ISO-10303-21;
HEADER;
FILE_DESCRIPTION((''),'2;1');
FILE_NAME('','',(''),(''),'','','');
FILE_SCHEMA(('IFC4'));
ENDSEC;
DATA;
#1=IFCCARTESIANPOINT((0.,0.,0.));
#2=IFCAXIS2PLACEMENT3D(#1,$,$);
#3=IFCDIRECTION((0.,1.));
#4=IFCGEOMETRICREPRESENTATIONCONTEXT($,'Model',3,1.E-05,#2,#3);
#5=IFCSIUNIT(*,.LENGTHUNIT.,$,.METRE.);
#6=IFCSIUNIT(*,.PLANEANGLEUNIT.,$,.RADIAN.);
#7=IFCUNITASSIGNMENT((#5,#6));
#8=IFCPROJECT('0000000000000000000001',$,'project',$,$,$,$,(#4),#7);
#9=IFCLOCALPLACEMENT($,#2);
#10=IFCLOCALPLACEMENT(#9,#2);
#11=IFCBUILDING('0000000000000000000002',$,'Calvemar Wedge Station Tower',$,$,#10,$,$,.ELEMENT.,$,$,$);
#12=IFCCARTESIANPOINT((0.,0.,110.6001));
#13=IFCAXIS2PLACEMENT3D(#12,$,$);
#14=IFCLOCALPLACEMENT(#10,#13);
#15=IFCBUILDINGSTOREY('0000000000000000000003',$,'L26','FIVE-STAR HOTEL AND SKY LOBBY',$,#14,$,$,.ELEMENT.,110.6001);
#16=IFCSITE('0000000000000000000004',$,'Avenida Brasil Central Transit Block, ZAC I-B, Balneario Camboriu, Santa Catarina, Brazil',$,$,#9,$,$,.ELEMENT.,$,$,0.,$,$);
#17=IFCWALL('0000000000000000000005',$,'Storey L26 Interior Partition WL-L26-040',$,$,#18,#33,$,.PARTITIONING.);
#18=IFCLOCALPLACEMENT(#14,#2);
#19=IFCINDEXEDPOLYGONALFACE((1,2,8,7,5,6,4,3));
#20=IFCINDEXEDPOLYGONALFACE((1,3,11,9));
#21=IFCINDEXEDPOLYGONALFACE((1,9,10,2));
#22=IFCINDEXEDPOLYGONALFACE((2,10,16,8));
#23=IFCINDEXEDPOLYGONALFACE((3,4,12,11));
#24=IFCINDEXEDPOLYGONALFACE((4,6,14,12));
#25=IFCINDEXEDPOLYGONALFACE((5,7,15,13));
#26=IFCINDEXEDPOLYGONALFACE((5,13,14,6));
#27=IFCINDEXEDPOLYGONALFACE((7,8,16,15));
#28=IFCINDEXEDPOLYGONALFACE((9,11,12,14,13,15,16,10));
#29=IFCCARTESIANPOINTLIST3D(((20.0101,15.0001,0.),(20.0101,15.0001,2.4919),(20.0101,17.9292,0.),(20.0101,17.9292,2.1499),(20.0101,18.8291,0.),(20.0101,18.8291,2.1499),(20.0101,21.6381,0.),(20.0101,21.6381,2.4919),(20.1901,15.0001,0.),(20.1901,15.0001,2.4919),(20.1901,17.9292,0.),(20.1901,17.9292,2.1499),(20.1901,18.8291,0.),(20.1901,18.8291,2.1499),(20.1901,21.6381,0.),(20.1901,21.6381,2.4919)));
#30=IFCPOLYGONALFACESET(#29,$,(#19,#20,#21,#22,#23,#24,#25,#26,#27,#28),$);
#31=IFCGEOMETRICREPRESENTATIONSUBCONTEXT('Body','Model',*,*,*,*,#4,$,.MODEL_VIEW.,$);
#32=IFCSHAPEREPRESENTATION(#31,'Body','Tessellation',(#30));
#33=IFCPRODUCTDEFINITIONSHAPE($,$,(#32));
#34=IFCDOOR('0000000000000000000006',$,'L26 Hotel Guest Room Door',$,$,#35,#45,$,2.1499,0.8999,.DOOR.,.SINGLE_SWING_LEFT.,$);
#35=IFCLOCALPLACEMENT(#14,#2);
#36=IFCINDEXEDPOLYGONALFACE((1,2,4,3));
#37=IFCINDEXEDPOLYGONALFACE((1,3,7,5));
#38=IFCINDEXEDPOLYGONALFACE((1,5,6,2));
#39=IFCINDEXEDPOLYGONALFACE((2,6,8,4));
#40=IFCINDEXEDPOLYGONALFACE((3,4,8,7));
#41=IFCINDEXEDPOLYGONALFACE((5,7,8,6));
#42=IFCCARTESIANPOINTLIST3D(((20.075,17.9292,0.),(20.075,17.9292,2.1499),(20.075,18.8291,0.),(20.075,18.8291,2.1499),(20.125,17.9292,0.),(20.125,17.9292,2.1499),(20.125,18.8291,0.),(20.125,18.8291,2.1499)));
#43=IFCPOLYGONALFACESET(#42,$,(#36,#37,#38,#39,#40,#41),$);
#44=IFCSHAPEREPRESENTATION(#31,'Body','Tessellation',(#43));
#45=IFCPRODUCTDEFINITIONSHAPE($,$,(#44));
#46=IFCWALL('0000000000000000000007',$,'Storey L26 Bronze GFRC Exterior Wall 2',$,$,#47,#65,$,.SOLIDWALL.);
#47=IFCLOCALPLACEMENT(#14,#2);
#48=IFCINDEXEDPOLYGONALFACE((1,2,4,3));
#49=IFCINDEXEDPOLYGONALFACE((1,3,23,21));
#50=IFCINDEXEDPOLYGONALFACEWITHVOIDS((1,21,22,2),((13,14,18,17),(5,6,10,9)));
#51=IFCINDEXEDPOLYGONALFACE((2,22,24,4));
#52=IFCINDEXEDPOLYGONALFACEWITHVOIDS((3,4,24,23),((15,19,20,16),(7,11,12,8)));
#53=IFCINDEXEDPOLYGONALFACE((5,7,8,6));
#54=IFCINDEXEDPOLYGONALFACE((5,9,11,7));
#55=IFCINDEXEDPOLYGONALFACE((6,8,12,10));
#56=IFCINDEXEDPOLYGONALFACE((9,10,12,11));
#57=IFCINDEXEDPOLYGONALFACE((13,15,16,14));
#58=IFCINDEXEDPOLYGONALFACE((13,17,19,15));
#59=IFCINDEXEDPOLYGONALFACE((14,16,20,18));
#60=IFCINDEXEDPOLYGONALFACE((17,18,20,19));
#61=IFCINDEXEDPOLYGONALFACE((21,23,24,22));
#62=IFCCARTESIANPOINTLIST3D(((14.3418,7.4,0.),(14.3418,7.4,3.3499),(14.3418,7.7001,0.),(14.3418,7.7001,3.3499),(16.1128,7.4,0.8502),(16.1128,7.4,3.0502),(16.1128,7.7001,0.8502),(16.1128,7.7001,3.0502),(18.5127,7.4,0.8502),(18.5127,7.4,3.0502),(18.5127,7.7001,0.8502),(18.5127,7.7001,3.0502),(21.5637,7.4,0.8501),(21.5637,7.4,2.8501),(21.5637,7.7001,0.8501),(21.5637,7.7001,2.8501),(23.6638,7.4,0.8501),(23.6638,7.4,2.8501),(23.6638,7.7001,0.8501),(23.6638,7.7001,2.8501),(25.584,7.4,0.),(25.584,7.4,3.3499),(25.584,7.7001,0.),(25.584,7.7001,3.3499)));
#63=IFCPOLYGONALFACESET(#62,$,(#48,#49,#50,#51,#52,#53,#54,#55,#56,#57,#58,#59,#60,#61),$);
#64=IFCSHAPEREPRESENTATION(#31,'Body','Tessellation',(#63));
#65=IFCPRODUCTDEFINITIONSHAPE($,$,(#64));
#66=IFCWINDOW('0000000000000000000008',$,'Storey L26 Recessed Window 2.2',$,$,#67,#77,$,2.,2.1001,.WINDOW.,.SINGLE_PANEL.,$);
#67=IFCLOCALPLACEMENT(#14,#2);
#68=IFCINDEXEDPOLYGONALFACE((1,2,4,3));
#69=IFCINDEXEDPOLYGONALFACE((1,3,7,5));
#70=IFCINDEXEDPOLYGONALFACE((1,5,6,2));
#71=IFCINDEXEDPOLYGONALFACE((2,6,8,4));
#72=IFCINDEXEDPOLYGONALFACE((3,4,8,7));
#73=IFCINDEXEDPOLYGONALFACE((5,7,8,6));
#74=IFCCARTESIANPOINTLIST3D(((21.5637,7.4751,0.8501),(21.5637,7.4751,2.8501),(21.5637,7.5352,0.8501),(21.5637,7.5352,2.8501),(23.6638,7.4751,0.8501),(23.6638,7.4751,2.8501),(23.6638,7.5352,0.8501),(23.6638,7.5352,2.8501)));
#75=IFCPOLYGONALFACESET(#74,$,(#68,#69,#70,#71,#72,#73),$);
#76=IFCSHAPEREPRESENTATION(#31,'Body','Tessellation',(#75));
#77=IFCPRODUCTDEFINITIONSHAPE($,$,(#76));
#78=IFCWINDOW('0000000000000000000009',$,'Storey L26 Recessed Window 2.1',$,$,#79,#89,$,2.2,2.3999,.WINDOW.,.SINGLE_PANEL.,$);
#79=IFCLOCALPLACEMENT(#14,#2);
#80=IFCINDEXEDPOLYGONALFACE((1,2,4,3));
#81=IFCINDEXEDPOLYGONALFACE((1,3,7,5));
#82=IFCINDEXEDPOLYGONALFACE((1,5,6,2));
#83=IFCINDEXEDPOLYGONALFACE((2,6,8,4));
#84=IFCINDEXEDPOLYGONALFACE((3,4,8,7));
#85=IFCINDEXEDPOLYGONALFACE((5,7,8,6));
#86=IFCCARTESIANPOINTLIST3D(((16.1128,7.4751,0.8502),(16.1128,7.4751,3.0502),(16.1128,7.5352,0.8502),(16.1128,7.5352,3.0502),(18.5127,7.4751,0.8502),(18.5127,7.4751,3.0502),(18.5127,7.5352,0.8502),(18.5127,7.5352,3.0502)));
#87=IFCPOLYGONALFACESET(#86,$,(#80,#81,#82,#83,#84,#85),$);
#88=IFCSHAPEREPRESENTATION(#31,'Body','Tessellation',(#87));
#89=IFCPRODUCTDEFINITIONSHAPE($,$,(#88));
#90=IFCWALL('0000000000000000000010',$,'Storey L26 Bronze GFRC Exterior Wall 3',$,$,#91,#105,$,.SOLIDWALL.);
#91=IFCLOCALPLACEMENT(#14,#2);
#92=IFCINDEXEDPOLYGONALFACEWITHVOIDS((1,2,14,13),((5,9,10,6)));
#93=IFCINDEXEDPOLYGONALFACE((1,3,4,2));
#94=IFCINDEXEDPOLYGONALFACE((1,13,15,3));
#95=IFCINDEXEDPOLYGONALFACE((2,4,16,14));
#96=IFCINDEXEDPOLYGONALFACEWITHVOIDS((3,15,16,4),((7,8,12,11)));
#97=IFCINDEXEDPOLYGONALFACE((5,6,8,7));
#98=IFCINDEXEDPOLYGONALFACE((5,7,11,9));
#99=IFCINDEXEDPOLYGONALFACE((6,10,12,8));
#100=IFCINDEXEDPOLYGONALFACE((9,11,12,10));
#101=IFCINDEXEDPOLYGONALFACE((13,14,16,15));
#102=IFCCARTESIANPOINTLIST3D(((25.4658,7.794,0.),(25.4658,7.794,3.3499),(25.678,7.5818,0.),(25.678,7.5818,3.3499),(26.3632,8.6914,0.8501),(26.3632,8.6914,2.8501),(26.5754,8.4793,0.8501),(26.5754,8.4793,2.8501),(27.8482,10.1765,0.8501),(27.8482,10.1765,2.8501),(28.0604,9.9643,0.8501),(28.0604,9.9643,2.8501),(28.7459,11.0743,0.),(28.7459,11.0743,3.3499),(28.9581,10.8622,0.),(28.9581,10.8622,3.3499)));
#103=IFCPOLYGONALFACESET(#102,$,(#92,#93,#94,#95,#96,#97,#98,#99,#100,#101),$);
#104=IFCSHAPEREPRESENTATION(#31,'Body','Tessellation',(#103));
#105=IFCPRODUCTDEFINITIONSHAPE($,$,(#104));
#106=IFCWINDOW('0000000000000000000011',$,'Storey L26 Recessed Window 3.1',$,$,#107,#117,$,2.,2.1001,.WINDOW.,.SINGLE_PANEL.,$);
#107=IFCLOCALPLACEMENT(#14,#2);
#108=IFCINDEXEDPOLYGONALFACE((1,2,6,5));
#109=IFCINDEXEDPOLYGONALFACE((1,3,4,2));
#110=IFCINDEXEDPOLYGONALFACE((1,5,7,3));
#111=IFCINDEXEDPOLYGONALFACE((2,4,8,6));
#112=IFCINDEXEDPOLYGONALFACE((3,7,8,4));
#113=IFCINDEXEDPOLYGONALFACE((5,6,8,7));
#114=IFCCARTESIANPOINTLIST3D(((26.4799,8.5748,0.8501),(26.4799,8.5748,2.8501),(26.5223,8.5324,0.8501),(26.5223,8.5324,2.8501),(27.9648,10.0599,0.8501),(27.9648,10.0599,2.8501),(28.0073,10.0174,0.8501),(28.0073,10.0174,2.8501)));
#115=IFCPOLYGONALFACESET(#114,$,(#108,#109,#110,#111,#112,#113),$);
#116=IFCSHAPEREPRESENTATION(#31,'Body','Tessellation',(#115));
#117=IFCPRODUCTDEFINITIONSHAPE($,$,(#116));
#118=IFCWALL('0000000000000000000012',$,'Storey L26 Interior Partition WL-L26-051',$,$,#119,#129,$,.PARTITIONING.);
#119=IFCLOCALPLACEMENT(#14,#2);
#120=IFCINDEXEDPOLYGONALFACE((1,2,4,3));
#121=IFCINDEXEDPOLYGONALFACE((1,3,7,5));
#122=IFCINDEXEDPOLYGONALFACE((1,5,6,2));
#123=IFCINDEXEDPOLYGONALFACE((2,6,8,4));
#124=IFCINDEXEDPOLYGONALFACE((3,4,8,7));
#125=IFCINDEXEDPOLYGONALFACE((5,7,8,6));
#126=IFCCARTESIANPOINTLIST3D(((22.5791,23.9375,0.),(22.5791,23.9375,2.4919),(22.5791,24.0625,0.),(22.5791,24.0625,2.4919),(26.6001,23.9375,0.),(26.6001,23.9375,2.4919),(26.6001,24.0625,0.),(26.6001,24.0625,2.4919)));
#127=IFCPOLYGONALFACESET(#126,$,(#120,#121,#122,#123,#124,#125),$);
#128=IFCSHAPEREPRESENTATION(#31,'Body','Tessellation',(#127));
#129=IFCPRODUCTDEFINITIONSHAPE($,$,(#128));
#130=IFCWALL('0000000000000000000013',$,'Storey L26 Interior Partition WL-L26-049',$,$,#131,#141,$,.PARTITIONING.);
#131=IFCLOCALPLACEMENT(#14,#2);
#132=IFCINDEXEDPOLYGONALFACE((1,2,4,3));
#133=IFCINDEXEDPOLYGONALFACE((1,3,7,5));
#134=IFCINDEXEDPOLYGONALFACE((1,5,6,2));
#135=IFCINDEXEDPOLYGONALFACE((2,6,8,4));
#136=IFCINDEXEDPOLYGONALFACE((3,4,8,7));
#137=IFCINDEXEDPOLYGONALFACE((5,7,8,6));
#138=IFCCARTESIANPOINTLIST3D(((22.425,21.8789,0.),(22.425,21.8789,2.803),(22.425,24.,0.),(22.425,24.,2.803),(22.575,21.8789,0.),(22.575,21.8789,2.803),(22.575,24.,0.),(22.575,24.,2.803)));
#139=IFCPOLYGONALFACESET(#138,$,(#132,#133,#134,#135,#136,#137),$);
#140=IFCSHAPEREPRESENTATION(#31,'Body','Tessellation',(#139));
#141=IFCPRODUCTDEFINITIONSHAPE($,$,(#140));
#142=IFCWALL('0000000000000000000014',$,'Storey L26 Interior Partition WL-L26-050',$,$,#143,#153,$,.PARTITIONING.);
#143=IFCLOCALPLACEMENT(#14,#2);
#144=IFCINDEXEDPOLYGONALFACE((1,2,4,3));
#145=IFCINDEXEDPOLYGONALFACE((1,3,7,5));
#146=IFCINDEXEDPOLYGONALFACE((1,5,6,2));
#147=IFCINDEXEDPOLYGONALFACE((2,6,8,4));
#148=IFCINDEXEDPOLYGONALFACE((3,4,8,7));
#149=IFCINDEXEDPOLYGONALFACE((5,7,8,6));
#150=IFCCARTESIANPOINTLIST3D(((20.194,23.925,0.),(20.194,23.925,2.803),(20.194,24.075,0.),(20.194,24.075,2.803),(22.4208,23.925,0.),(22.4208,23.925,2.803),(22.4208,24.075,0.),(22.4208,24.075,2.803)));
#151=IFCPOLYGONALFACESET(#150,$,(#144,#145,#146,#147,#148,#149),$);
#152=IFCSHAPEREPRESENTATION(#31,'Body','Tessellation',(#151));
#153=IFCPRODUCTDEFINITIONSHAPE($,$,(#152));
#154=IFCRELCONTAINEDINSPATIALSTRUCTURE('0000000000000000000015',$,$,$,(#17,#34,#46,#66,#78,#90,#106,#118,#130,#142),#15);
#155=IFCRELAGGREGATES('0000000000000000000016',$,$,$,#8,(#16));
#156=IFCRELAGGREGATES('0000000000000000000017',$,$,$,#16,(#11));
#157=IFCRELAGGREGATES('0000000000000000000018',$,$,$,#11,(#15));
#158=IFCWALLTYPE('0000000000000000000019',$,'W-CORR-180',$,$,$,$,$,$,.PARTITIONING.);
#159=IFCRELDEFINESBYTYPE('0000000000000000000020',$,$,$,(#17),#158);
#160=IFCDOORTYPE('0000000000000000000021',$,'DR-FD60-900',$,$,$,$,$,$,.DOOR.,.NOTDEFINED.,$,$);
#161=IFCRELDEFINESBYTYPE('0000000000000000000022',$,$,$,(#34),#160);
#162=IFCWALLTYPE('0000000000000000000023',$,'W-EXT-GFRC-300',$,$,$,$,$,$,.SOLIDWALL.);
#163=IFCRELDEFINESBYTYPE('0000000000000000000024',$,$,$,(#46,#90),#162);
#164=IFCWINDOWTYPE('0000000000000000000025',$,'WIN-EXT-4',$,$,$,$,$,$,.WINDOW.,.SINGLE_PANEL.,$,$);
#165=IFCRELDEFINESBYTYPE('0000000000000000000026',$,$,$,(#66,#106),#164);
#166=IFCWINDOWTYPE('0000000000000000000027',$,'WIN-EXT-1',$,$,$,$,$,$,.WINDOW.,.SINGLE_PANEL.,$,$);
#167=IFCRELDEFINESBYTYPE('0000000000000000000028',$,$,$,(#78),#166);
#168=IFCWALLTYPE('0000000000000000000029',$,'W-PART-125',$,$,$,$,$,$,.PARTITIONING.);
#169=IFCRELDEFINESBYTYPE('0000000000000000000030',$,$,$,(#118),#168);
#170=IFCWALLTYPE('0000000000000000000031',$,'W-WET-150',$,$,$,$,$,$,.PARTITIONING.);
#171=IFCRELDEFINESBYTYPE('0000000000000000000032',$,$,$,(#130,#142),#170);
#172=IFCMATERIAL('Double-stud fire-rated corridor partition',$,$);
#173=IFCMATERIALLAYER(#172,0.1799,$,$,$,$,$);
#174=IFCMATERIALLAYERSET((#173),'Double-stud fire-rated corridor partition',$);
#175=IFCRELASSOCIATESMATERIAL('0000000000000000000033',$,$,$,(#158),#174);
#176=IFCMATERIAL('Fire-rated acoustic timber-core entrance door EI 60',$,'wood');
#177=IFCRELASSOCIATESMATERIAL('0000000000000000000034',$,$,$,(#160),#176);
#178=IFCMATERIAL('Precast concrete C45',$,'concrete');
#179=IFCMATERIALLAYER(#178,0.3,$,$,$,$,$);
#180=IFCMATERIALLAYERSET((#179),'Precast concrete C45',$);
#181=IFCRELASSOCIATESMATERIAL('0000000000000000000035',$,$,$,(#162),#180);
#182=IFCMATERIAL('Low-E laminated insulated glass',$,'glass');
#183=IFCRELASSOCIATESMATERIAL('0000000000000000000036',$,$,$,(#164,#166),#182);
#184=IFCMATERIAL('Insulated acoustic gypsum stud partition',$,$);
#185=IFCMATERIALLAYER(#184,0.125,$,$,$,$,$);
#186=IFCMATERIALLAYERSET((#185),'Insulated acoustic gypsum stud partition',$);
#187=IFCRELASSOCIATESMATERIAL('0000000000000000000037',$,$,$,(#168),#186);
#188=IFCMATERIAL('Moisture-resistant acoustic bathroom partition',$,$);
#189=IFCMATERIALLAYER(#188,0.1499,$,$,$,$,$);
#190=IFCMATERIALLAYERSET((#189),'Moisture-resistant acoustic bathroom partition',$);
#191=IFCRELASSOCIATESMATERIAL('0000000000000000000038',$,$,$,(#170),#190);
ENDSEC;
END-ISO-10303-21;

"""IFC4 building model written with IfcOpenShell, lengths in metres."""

from ifc_helpers import new_model, si_unit, direction, frame, frame_2d, origin, place, context, subcontext, project, spatial, rectangle, extrude, source, transform, mapped, material, layer, layer_set, type_object, element, fill, save


model = new_model("IFC4")

# Units and contexts
model_context = context("Model", 3, precision=1e-05, world=origin(), true_north=direction((0.0, 1.0)))
body_context = subcontext(model_context, "Body", "Model", "MODEL_VIEW")
ifc_project = project(units=[si_unit("LENGTHUNIT", "METRE"), si_unit("PLANEANGLEUNIT", "RADIAN")], contexts=[model_context])

# Site, building, storey
site_placement = place(None, origin())
site = spatial("IfcSite", under=ifc_project, at=site_placement, Name="Avenida Brasil Central Transit Block, ZAC I-B, Balneario Camboriu, Santa Catarina, Brazil", CompositionType="ELEMENT", RefElevation=0.0)
building_placement = place(site_placement, origin())
building = spatial("IfcBuilding", under=site, at=building_placement, Name="Calvemar Wedge Station Tower", CompositionType="ELEMENT")
storey_placement = place(building_placement, frame((0.0, 0.0, 110.6001)))
storey = spatial("IfcBuildingStorey", under=building, at=storey_placement, Name="L26", Description="FIVE-STAR HOTEL AND SKY LOBBY", CompositionType="ELEMENT", Elevation=110.6001)

# Wall, opening, door
ifc_material_1 = material(Name="Double-stud fire-rated corridor partition")
ifc_layer_1 = layer(ifc_material_1, 0.1799)
ifc_layer_set_1 = layer_set([ifc_layer_1], Name="Double-stud fire-rated corridor partition")
wall_type_1 = type_object("IfcWallType", Name="W-CORR-180", PredefinedType="PARTITIONING", material=ifc_layer_set_1)
shared_shape_1 = source(origin(), body_context, "Body", "SweptSolid", [
    extrude(rectangle(XDim=0.8999, YDim=2.1499, at=frame_2d((0.45, 1.075))), frame((0.0, 0.1001, 0.0), z_axis=(0.0, -1.0, 0.0), x_axis=(1.0, 0.0, 0.0)), (0.0, 0.0, 1.0), 0.2),
])
ifc_material_2 = material(Name="Fire-rated acoustic timber-core entrance door EI 60", Category="wood")
door_type_1 = type_object("IfcDoorType", Name="DR-FD60-900", OperationType="NOTDEFINED", PredefinedType="DOOR", material=ifc_material_2)
shared_shape_2 = source(origin(), body_context, "Body", "SweptSolid", [
    extrude(rectangle(XDim=0.8999, YDim=2.1499, at=frame_2d((0.45, 1.075))), frame((0.0, 0.0249, 0.0), z_axis=(0.0, -1.0, 0.0), x_axis=(1.0, 0.0, 0.0)), (0.0, 0.0, 1.0), 0.05),
])
wall_1_placement = place(storey_placement, frame((20.1001, 21.6379, 0.0), z_axis=(0.0, 0.0, 1.0), x_axis=(0.0, -1.0, 0.0)))
wall_1 = element("IfcWall", 1, at=wall_1_placement, inside=storey, type_object=wall_type_1, Name="Storey L26 Interior Partition WL-L26-040", PredefinedType="PARTITIONING", context=body_context, shape_type="SweptSolid", body=[
    extrude(rectangle(XDim=6.6379, YDim=0.1799, at=frame_2d((3.3188, 0.0))), origin(), (0.0, 0.0, 1.0), 2.4919),
])
opening_1_placement = place(wall_1_placement, frame((2.8088, 0.0, 0.0)))
opening_1 = element("IfcOpeningElement", 2, at=opening_1_placement, cuts=wall_1, PredefinedType="OPENING", context=body_context, shape_type="MappedRepresentation", body=[
    mapped(shared_shape_1, transform((0.0, 0.0, 0.0), scale=1.0)),
])
door_1_placement = place(opening_1_placement, origin())
door_1 = element("IfcDoor", 3, at=door_1_placement, inside=storey, type_object=door_type_1, Name="L26 Hotel Guest Room Door", OperationType="SINGLE_SWING_LEFT", OverallHeight=2.1499, OverallWidth=0.8999, PredefinedType="DOOR", context=body_context, shape_type="MappedRepresentation", body=[
    mapped(shared_shape_2, transform((0.0, 0.0, 0.0), scale=1.0)),
])
fill(opening_1, door_1)

# Wall, openings, windows
ifc_material_3 = material(Name="Precast concrete C45", Category="concrete")
ifc_layer_2 = layer(ifc_material_3, 0.3)
ifc_layer_set_2 = layer_set([ifc_layer_2], Name="Precast concrete C45")
wall_type_2 = type_object("IfcWallType", Name="W-EXT-GFRC-300", PredefinedType="SOLIDWALL", material=ifc_layer_set_2)
wall_2_placement = place(storey_placement, frame((14.3418, 7.55, 0.0), z_axis=(0.0, 0.0, 1.0), x_axis=(1.0, 0.0, 0.0)))
wall_2 = element("IfcWall", 4, at=wall_2_placement, inside=storey, type_object=wall_type_2, Name="Storey L26 Bronze GFRC Exterior Wall 2", PredefinedType="SOLIDWALL", context=body_context, shape_type="SweptSolid", body=[
    extrude(rectangle(XDim=11.2422, YDim=0.3, at=frame_2d((5.6211, 0.0))), origin(), (0.0, 0.0, 1.0), 3.3499),
])
shared_shape_3 = source(origin(), body_context, "Body", "SweptSolid", [
    extrude(rectangle(XDim=2.3999, YDim=2.2, at=frame_2d((1.2, 1.1001))), frame((0.0, 0.1602, 0.0), z_axis=(0.0, -1.0, 0.0), x_axis=(1.0, 0.0, 0.0)), (0.0, 0.0, 1.0), 0.3201),
])
opening_2_placement = place(wall_2_placement, frame((1.771, 0.0, 0.8501)))
opening_2 = element("IfcOpeningElement", 5, at=opening_2_placement, cuts=wall_2, PredefinedType="OPENING", context=body_context, shape_type="MappedRepresentation", body=[
    mapped(shared_shape_3, transform((0.0, 0.0, 0.0), scale=1.0)),
])
shared_shape_4 = source(origin(), body_context, "Body", "SweptSolid", [
    extrude(rectangle(XDim=2.1001, YDim=2.0, at=frame_2d((1.05, 1.0))), frame((0.0, 0.1602, 0.0), z_axis=(0.0, -1.0, 0.0), x_axis=(1.0, 0.0, 0.0)), (0.0, 0.0, 1.0), 0.3201),
])
opening_3_placement = place(wall_2_placement, frame((7.2219, 0.0, 0.8501)))
opening_3 = element("IfcOpeningElement", 6, at=opening_3_placement, cuts=wall_2, PredefinedType="OPENING", context=body_context, shape_type="MappedRepresentation", body=[
    mapped(shared_shape_4, transform((0.0, 0.0, 0.0), scale=1.0)),
])
ifc_material_4 = material(Name="Low-E laminated insulated glass", Category="glass")
window_type_1 = type_object("IfcWindowType", Name="WIN-EXT-4", PartitioningType="SINGLE_PANEL", PredefinedType="WINDOW", material=ifc_material_4)
shared_shape_5 = source(origin(), body_context, "Body", "SweptSolid", [
    extrude(rectangle(XDim=2.1001, YDim=2.0, at=frame_2d((1.05, 1.0))), frame((0.0, -0.0149, 0.0), z_axis=(0.0, -1.0, 0.0), x_axis=(1.0, 0.0, 0.0)), (0.0, 0.0, 1.0), 0.0601),
])
window_1_placement = place(opening_3_placement, origin())
window_1 = element("IfcWindow", 7, at=window_1_placement, inside=storey, type_object=window_type_1, Name="Storey L26 Recessed Window 2.2", OverallHeight=2.0, OverallWidth=2.1001, PartitioningType="SINGLE_PANEL", PredefinedType="WINDOW", context=body_context, shape_type="MappedRepresentation", body=[
    mapped(shared_shape_5, transform((0.0, 0.0, 0.0), scale=1.0)),
])
fill(opening_3, window_1)
window_type_2 = type_object("IfcWindowType", Name="WIN-EXT-1", PartitioningType="SINGLE_PANEL", PredefinedType="WINDOW", material=ifc_material_4)
shared_shape_6 = source(origin(), body_context, "Body", "SweptSolid", [
    extrude(rectangle(XDim=2.3999, YDim=2.2, at=frame_2d((1.2, 1.1001))), frame((0.0, -0.0149, 0.0), z_axis=(0.0, -1.0, 0.0), x_axis=(1.0, 0.0, 0.0)), (0.0, 0.0, 1.0), 0.0601),
])
window_2_placement = place(opening_2_placement, origin())
window_2 = element("IfcWindow", 8, at=window_2_placement, inside=storey, type_object=window_type_2, Name="Storey L26 Recessed Window 2.1", OverallHeight=2.2, OverallWidth=2.3999, PartitioningType="SINGLE_PANEL", PredefinedType="WINDOW", context=body_context, shape_type="MappedRepresentation", body=[
    mapped(shared_shape_6, transform((0.0, 0.0, 0.0), scale=1.0)),
])
fill(opening_2, window_2)

# Wall, opening, window
wall_3_placement = place(storey_placement, frame((25.572, 7.688, 0.0), z_axis=(0.0, 0.0, 1.0), x_axis=(0.70708, 0.707133, 0.0)))
wall_3 = element("IfcWall", 9, at=wall_3_placement, inside=storey, type_object=wall_type_2, Name="Storey L26 Bronze GFRC Exterior Wall 3", PredefinedType="SOLIDWALL", context=body_context, shape_type="SweptSolid", body=[
    extrude(rectangle(XDim=4.6389, YDim=0.3, at=frame_2d((2.3193, 0.0))), origin(), (0.0, 0.0, 1.0), 3.3499),
])
opening_4_placement = place(wall_3_placement, frame((1.269, 0.0, 0.8501)))
opening_4 = element("IfcOpeningElement", 10, at=opening_4_placement, cuts=wall_3, PredefinedType="OPENING", context=body_context, shape_type="MappedRepresentation", body=[
    mapped(shared_shape_4, transform((0.0, 0.0, 0.0), scale=1.0)),
])
window_3_placement = place(opening_4_placement, origin())
window_3 = element("IfcWindow", 11, at=window_3_placement, inside=storey, type_object=window_type_1, Name="Storey L26 Recessed Window 3.1", OverallHeight=2.0, OverallWidth=2.1001, PartitioningType="SINGLE_PANEL", PredefinedType="WINDOW", context=body_context, shape_type="MappedRepresentation", body=[
    mapped(shared_shape_5, transform((0.0, 0.0, 0.0), scale=1.0)),
])
fill(opening_4, window_3)

# Wall
ifc_material_5 = material(Name="Insulated acoustic gypsum stud partition")
ifc_layer_3 = layer(ifc_material_5, 0.125)
ifc_layer_set_3 = layer_set([ifc_layer_3], Name="Insulated acoustic gypsum stud partition")
wall_type_3 = type_object("IfcWallType", Name="W-PART-125", PredefinedType="PARTITIONING", material=ifc_layer_set_3)
wall_4_placement = place(storey_placement, frame((22.5791, 24.0, 0.0), z_axis=(0.0, 0.0, 1.0), x_axis=(1.0, 0.0, 0.0)))
element("IfcWall", 12, at=wall_4_placement, inside=storey, type_object=wall_type_3, Name="Storey L26 Interior Partition WL-L26-051", PredefinedType="PARTITIONING", context=body_context, shape_type="SweptSolid", body=[
    extrude(rectangle(XDim=4.021, YDim=0.125, at=frame_2d((2.0105, 0.0))), origin(), (0.0, 0.0, 1.0), 2.4919),
])

# Shared definitions
ifc_material_6 = material(Name="Moisture-resistant acoustic bathroom partition")
ifc_layer_4 = layer(ifc_material_6, 0.1499)
ifc_layer_set_4 = layer_set([ifc_layer_4], Name="Moisture-resistant acoustic bathroom partition")
wall_type_4 = type_object("IfcWallType", Name="W-WET-150", PredefinedType="PARTITIONING", material=ifc_layer_set_4)

# Walls
wall_5_placement = place(storey_placement, frame((22.5, 24.0, 0.0), z_axis=(0.0, 0.0, 1.0), x_axis=(0.0, -1.0, 0.0)))
element("IfcWall", 13, at=wall_5_placement, inside=storey, type_object=wall_type_4, Name="Storey L26 Interior Partition WL-L26-049", PredefinedType="PARTITIONING", context=body_context, shape_type="SweptSolid", body=[
    extrude(rectangle(XDim=2.1211, YDim=0.1499, at=frame_2d((1.0605, 0.0))), origin(), (0.0, 0.0, 1.0), 2.803),
])
wall_6_placement = place(storey_placement, frame((20.1941, 24.0, 0.0), z_axis=(0.0, 0.0, 1.0), x_axis=(1.0, 0.0, 0.0)))
element("IfcWall", 14, at=wall_6_placement, inside=storey, type_object=wall_type_4, Name="Storey L26 Interior Partition WL-L26-050", PredefinedType="PARTITIONING", context=body_context, shape_type="SweptSolid", body=[
    extrude(rectangle(XDim=2.2268, YDim=0.1499, at=frame_2d((1.1133, 0.0))), origin(), (0.0, 0.0, 1.0), 2.803),
])

save(model, "model.ifc")
